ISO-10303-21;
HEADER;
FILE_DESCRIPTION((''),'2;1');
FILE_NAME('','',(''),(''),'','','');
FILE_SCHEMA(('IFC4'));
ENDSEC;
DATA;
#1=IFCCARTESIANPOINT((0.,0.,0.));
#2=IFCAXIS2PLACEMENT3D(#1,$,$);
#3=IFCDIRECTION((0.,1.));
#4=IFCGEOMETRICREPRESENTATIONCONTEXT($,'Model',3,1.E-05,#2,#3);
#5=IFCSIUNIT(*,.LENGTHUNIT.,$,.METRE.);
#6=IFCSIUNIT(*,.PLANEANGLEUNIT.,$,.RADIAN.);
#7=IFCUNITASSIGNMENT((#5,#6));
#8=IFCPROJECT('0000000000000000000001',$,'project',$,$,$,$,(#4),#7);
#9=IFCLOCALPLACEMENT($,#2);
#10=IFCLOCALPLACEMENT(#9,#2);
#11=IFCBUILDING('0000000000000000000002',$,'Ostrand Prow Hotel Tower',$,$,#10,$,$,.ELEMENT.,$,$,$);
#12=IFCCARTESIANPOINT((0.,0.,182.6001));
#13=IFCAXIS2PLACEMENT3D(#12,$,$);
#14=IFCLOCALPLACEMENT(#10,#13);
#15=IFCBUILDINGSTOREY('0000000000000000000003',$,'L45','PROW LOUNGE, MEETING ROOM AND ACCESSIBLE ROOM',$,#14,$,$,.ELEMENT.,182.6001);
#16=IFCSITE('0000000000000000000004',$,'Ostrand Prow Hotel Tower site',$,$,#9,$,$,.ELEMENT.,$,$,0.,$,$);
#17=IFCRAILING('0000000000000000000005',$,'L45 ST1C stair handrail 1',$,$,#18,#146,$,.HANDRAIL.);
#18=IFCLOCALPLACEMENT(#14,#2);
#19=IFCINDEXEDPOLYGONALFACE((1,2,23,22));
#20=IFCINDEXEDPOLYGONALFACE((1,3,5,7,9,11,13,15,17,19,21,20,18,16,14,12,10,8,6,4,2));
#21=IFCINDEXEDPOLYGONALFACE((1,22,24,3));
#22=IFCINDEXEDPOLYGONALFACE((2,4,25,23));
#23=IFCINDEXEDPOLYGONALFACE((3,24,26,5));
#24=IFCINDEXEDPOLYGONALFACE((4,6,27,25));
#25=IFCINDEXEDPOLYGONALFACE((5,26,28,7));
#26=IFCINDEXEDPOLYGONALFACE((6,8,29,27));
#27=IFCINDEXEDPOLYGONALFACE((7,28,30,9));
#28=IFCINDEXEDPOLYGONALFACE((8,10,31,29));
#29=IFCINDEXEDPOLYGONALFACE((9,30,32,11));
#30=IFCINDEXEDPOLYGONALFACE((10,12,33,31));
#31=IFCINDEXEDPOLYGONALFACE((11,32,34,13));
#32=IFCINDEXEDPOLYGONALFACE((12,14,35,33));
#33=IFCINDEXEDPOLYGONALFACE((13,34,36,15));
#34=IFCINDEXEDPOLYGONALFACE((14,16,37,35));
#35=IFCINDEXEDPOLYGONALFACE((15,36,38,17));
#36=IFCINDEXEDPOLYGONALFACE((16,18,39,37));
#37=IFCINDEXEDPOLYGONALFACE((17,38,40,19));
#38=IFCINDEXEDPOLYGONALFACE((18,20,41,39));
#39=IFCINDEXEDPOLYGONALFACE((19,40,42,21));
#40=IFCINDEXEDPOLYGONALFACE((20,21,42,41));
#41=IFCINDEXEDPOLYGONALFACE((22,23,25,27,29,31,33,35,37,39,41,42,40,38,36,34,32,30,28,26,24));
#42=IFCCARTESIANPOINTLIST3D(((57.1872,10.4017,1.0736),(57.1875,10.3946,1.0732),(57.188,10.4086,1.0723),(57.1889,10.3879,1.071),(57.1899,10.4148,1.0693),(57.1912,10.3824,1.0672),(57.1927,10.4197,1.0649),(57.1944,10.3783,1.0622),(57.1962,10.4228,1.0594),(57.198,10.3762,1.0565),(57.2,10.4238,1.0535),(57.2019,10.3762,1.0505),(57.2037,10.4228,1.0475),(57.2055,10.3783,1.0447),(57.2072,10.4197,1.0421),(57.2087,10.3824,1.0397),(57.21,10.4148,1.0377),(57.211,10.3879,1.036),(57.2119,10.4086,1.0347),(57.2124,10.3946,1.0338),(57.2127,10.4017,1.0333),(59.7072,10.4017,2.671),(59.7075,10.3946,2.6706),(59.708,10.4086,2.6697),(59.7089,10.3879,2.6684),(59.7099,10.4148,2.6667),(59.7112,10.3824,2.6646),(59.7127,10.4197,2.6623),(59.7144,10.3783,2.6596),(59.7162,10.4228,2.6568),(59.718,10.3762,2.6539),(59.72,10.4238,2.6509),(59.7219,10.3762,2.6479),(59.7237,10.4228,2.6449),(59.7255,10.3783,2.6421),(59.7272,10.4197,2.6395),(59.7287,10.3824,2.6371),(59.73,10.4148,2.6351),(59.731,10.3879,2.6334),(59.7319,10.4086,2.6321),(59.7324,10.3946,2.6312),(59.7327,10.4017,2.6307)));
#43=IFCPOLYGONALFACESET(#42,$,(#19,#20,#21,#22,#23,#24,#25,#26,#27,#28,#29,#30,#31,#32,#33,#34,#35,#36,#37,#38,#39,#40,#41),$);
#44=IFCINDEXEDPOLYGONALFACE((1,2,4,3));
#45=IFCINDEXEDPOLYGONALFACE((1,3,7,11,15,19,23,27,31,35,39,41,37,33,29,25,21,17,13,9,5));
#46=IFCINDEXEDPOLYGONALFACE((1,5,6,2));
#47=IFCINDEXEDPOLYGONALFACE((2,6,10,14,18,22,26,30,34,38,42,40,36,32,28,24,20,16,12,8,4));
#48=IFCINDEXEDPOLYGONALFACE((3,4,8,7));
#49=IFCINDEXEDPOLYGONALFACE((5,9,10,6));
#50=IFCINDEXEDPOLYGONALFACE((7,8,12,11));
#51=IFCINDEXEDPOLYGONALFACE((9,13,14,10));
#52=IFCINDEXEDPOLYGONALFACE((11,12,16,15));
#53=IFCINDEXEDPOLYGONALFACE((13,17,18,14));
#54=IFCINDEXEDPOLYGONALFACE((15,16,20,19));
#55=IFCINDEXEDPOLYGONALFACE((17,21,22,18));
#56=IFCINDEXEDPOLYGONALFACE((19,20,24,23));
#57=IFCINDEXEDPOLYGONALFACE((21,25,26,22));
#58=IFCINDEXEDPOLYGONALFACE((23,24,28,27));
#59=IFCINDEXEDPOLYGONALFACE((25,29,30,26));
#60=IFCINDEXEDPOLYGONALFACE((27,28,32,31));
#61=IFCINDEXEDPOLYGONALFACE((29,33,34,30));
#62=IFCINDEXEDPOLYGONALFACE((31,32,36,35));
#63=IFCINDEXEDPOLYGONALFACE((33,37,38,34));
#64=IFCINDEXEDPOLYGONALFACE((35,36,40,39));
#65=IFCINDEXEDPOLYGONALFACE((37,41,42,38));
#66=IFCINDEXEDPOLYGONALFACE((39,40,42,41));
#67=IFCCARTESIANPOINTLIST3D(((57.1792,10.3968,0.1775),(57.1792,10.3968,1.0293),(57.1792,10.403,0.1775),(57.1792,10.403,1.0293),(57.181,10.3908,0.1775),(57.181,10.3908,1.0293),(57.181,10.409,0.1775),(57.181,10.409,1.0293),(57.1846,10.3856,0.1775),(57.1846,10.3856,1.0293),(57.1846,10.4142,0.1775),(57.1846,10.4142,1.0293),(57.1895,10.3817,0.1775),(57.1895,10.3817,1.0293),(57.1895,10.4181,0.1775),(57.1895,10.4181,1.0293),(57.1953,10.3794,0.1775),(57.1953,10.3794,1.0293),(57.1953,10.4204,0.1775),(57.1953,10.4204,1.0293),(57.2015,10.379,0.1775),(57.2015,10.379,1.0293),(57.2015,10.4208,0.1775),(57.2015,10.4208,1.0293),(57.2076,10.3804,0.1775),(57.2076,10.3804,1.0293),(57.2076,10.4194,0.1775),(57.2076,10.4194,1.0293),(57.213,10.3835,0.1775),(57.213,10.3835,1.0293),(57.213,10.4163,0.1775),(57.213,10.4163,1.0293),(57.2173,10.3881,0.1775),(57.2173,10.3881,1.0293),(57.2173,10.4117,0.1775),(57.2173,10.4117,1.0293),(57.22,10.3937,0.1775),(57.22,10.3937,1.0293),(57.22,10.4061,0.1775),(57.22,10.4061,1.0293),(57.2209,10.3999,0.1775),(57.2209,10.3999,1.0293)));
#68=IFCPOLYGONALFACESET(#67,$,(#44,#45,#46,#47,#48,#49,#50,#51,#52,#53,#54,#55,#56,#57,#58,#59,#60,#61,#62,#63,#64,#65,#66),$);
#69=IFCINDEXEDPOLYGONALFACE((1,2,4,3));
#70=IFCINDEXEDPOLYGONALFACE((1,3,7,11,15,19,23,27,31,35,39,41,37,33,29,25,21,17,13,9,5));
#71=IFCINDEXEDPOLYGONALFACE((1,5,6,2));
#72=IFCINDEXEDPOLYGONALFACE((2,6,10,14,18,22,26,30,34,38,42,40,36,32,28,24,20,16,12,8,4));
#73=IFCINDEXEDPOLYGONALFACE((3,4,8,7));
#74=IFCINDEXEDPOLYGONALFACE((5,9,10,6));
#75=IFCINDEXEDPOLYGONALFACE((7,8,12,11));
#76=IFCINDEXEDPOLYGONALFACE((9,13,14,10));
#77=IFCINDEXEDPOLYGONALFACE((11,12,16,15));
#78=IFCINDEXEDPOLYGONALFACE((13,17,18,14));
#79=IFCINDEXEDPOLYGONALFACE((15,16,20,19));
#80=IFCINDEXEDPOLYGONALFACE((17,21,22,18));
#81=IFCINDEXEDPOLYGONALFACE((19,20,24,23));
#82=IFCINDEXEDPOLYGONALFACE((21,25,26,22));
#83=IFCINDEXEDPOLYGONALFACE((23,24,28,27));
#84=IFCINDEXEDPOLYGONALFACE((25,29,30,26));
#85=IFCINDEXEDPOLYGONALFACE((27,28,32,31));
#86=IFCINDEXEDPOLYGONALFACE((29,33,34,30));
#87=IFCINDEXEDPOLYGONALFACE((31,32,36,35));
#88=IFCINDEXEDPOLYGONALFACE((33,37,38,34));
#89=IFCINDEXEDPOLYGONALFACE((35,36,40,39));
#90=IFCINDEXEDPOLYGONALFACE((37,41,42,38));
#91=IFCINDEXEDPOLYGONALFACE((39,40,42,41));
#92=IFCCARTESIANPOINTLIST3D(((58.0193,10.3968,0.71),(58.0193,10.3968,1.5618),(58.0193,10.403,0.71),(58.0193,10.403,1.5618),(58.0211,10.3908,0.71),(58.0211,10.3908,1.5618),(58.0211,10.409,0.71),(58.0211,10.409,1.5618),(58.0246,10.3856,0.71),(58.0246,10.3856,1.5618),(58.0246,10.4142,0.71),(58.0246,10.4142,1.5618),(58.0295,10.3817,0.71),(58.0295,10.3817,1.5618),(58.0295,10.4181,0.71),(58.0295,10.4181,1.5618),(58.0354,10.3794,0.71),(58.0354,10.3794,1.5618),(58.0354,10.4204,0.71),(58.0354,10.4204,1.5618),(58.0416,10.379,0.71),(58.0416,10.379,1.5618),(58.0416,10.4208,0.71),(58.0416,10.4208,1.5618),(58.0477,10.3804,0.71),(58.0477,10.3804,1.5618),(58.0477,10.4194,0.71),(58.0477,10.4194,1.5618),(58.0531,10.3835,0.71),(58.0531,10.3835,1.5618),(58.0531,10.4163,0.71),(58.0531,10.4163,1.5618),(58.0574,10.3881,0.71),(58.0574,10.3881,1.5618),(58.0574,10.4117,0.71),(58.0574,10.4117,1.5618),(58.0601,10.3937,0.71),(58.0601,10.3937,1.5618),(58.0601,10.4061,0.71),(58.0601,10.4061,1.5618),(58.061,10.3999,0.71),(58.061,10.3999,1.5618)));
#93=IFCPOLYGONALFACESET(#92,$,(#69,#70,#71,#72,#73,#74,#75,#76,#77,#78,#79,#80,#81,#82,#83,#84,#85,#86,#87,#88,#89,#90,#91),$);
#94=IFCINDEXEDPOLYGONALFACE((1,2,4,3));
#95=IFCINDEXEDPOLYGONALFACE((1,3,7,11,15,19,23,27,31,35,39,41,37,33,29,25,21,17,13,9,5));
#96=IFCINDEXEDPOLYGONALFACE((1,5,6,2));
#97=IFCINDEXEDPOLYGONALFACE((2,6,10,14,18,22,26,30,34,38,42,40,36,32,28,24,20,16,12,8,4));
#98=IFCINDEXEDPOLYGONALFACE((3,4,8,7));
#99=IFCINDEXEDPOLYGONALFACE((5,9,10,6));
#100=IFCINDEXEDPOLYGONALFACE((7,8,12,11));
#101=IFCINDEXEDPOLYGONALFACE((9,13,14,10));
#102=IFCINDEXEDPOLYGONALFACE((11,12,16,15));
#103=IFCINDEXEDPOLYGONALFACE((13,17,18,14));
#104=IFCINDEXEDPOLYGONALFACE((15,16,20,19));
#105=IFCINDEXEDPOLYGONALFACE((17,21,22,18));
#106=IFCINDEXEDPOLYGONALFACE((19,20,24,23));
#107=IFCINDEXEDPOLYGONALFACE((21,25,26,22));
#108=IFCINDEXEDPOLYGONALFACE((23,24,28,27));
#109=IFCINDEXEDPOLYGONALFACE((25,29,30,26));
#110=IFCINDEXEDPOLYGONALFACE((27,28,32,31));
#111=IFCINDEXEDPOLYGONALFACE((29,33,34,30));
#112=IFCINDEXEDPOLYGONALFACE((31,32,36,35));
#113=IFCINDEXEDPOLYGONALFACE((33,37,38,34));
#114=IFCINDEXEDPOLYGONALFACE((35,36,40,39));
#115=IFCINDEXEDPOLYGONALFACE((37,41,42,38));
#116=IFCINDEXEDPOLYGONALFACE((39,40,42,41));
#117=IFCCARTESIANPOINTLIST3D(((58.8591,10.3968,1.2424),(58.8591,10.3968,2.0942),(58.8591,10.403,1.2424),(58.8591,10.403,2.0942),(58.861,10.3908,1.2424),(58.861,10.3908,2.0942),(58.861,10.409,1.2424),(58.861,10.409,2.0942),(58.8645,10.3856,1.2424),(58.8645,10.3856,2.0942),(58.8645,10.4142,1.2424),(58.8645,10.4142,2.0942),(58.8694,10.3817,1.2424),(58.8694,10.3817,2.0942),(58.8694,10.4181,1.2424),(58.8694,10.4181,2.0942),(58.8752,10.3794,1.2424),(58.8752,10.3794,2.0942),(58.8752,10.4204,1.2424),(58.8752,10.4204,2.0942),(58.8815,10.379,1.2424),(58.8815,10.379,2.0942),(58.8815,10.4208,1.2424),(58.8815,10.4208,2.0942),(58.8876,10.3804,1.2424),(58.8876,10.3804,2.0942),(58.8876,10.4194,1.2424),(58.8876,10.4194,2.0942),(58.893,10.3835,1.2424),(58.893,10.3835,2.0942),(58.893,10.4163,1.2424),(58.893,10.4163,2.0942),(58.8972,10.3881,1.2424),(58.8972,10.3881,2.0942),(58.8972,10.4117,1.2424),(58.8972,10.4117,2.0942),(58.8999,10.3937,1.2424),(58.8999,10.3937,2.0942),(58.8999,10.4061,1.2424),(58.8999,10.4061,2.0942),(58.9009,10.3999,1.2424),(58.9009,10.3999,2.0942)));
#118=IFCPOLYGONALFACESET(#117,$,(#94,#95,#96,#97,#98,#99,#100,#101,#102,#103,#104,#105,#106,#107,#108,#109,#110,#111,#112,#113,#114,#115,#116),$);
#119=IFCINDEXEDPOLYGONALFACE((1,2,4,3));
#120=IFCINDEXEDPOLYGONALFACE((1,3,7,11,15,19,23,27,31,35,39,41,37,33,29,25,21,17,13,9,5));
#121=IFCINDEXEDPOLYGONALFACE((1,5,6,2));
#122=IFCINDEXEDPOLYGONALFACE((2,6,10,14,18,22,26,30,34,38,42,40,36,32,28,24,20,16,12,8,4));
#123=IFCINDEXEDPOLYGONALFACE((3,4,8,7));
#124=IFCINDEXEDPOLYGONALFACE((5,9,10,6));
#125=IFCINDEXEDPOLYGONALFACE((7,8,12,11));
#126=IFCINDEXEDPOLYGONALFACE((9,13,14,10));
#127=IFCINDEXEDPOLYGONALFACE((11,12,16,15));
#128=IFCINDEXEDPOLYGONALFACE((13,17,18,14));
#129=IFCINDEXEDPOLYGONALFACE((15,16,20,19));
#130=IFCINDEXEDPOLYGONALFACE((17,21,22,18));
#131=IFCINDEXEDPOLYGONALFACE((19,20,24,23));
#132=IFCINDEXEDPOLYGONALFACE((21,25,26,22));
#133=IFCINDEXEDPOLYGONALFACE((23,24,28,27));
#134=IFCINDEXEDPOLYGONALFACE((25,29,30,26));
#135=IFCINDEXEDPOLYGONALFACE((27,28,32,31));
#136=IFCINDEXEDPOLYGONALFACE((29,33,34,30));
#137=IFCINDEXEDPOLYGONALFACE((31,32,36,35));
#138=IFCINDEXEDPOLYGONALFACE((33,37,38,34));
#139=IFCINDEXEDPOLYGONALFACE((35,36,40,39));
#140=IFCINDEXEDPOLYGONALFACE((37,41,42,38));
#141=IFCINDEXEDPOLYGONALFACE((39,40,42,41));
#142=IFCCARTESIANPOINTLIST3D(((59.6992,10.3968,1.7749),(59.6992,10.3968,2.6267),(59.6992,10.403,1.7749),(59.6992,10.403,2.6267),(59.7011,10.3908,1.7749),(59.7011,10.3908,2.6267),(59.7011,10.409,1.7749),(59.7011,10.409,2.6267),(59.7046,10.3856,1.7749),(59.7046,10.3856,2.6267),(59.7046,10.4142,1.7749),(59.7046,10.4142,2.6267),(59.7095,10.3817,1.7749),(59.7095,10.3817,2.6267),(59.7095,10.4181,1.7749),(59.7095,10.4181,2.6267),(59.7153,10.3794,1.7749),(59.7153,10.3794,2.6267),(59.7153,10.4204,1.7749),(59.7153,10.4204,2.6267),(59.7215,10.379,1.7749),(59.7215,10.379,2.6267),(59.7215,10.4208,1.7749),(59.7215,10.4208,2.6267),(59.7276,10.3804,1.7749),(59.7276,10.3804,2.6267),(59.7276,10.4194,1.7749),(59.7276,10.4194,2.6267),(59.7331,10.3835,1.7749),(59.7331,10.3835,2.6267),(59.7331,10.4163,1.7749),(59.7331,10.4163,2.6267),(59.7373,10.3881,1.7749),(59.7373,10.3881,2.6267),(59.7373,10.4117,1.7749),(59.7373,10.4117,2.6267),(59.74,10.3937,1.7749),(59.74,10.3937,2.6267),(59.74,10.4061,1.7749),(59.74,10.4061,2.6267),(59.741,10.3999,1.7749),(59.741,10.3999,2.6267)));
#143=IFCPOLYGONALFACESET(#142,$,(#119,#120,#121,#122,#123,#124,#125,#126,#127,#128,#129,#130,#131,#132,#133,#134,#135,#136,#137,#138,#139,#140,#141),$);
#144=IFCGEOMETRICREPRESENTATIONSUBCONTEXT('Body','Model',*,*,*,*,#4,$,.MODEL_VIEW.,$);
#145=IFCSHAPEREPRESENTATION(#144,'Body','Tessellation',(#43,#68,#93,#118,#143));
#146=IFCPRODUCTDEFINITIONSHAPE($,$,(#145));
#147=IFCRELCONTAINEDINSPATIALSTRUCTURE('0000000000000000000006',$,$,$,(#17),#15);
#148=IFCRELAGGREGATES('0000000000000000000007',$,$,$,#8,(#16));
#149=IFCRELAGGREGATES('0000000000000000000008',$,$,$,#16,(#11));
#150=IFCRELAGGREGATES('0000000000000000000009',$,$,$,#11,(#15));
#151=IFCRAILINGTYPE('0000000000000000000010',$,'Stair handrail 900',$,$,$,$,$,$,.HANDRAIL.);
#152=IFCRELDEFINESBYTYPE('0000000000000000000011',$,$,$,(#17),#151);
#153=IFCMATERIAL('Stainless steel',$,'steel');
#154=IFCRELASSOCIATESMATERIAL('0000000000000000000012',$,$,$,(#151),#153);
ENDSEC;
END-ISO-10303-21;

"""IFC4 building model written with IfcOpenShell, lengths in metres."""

from ifc_helpers import new_model, si_unit, direction, frame, origin, origin_2d, place, context, subcontext, project, spatial, circle, extrude, material, type_object, element, save


model = new_model("IFC4")

# Units and contexts
model_context = context("Model", 3, precision=1e-05, world=origin(), true_north=direction((0.0, 1.0)))
body_context = subcontext(model_context, "Body", "Model", "MODEL_VIEW")
ifc_project = project(units=[si_unit("LENGTHUNIT", "METRE"), si_unit("PLANEANGLEUNIT", "RADIAN")], contexts=[model_context])

# Site, building, storey
site_placement = place(None, origin())
site = spatial("IfcSite", under=ifc_project, at=site_placement, Name="Ostrand Prow Hotel Tower site", CompositionType="ELEMENT", RefElevation=0.0)
building_placement = place(site_placement, origin())
building = spatial("IfcBuilding", under=site, at=building_placement, Name="Ostrand Prow Hotel Tower", CompositionType="ELEMENT")
storey_placement = place(building_placement, frame((0.0, 0.0, 182.6001)))
storey = spatial("IfcBuildingStorey", under=building, at=storey_placement, Name="L45", Description="PROW LOUNGE, MEETING ROOM AND ACCESSIBLE ROOM", CompositionType="ELEMENT", Elevation=182.6001)

# Railing
ifc_material_1 = material(Name="Stainless steel", Category="steel")
railing_type_1 = type_object("IfcRailingType", Name="Stair handrail 900", PredefinedType="HANDRAIL", material=ifc_material_1)
railing_1_placement = place(storey_placement, frame((57.2, 10.3999, 0.1775)))
element("IfcRailing", 1, at=railing_1_placement, inside=storey, type_object=railing_type_1, Name="L45 ST1C stair handrail 1", PredefinedType="HANDRAIL", context=body_context, shape_type="SweptSolid", body=[
    extrude(circle(Radius=0.0239, at=origin_2d()), frame((0.0, 0.0, 0.876), z_axis=(0.844607, 0.0, 0.535387), x_axis=(0.0, 1.0, 0.0)), (0.0, 0.0, 1.0), 2.9836),
    extrude(circle(Radius=0.021, at=origin_2d()), origin(), (0.0, 0.0, 1.0), 0.8518),
    extrude(circle(Radius=0.021, at=origin_2d()), frame((0.8401, 0.0, 0.5325)), (0.0, 0.0, 1.0), 0.8518),
    extrude(circle(Radius=0.021, at=origin_2d()), frame((1.6799, 0.0, 1.0649)), (0.0, 0.0, 1.0), 0.8518),
    extrude(circle(Radius=0.021, at=origin_2d()), frame((2.52, 0.0, 1.5974)), (0.0, 0.0, 1.0), 0.8518),
])

save(model, "model.ifc")
